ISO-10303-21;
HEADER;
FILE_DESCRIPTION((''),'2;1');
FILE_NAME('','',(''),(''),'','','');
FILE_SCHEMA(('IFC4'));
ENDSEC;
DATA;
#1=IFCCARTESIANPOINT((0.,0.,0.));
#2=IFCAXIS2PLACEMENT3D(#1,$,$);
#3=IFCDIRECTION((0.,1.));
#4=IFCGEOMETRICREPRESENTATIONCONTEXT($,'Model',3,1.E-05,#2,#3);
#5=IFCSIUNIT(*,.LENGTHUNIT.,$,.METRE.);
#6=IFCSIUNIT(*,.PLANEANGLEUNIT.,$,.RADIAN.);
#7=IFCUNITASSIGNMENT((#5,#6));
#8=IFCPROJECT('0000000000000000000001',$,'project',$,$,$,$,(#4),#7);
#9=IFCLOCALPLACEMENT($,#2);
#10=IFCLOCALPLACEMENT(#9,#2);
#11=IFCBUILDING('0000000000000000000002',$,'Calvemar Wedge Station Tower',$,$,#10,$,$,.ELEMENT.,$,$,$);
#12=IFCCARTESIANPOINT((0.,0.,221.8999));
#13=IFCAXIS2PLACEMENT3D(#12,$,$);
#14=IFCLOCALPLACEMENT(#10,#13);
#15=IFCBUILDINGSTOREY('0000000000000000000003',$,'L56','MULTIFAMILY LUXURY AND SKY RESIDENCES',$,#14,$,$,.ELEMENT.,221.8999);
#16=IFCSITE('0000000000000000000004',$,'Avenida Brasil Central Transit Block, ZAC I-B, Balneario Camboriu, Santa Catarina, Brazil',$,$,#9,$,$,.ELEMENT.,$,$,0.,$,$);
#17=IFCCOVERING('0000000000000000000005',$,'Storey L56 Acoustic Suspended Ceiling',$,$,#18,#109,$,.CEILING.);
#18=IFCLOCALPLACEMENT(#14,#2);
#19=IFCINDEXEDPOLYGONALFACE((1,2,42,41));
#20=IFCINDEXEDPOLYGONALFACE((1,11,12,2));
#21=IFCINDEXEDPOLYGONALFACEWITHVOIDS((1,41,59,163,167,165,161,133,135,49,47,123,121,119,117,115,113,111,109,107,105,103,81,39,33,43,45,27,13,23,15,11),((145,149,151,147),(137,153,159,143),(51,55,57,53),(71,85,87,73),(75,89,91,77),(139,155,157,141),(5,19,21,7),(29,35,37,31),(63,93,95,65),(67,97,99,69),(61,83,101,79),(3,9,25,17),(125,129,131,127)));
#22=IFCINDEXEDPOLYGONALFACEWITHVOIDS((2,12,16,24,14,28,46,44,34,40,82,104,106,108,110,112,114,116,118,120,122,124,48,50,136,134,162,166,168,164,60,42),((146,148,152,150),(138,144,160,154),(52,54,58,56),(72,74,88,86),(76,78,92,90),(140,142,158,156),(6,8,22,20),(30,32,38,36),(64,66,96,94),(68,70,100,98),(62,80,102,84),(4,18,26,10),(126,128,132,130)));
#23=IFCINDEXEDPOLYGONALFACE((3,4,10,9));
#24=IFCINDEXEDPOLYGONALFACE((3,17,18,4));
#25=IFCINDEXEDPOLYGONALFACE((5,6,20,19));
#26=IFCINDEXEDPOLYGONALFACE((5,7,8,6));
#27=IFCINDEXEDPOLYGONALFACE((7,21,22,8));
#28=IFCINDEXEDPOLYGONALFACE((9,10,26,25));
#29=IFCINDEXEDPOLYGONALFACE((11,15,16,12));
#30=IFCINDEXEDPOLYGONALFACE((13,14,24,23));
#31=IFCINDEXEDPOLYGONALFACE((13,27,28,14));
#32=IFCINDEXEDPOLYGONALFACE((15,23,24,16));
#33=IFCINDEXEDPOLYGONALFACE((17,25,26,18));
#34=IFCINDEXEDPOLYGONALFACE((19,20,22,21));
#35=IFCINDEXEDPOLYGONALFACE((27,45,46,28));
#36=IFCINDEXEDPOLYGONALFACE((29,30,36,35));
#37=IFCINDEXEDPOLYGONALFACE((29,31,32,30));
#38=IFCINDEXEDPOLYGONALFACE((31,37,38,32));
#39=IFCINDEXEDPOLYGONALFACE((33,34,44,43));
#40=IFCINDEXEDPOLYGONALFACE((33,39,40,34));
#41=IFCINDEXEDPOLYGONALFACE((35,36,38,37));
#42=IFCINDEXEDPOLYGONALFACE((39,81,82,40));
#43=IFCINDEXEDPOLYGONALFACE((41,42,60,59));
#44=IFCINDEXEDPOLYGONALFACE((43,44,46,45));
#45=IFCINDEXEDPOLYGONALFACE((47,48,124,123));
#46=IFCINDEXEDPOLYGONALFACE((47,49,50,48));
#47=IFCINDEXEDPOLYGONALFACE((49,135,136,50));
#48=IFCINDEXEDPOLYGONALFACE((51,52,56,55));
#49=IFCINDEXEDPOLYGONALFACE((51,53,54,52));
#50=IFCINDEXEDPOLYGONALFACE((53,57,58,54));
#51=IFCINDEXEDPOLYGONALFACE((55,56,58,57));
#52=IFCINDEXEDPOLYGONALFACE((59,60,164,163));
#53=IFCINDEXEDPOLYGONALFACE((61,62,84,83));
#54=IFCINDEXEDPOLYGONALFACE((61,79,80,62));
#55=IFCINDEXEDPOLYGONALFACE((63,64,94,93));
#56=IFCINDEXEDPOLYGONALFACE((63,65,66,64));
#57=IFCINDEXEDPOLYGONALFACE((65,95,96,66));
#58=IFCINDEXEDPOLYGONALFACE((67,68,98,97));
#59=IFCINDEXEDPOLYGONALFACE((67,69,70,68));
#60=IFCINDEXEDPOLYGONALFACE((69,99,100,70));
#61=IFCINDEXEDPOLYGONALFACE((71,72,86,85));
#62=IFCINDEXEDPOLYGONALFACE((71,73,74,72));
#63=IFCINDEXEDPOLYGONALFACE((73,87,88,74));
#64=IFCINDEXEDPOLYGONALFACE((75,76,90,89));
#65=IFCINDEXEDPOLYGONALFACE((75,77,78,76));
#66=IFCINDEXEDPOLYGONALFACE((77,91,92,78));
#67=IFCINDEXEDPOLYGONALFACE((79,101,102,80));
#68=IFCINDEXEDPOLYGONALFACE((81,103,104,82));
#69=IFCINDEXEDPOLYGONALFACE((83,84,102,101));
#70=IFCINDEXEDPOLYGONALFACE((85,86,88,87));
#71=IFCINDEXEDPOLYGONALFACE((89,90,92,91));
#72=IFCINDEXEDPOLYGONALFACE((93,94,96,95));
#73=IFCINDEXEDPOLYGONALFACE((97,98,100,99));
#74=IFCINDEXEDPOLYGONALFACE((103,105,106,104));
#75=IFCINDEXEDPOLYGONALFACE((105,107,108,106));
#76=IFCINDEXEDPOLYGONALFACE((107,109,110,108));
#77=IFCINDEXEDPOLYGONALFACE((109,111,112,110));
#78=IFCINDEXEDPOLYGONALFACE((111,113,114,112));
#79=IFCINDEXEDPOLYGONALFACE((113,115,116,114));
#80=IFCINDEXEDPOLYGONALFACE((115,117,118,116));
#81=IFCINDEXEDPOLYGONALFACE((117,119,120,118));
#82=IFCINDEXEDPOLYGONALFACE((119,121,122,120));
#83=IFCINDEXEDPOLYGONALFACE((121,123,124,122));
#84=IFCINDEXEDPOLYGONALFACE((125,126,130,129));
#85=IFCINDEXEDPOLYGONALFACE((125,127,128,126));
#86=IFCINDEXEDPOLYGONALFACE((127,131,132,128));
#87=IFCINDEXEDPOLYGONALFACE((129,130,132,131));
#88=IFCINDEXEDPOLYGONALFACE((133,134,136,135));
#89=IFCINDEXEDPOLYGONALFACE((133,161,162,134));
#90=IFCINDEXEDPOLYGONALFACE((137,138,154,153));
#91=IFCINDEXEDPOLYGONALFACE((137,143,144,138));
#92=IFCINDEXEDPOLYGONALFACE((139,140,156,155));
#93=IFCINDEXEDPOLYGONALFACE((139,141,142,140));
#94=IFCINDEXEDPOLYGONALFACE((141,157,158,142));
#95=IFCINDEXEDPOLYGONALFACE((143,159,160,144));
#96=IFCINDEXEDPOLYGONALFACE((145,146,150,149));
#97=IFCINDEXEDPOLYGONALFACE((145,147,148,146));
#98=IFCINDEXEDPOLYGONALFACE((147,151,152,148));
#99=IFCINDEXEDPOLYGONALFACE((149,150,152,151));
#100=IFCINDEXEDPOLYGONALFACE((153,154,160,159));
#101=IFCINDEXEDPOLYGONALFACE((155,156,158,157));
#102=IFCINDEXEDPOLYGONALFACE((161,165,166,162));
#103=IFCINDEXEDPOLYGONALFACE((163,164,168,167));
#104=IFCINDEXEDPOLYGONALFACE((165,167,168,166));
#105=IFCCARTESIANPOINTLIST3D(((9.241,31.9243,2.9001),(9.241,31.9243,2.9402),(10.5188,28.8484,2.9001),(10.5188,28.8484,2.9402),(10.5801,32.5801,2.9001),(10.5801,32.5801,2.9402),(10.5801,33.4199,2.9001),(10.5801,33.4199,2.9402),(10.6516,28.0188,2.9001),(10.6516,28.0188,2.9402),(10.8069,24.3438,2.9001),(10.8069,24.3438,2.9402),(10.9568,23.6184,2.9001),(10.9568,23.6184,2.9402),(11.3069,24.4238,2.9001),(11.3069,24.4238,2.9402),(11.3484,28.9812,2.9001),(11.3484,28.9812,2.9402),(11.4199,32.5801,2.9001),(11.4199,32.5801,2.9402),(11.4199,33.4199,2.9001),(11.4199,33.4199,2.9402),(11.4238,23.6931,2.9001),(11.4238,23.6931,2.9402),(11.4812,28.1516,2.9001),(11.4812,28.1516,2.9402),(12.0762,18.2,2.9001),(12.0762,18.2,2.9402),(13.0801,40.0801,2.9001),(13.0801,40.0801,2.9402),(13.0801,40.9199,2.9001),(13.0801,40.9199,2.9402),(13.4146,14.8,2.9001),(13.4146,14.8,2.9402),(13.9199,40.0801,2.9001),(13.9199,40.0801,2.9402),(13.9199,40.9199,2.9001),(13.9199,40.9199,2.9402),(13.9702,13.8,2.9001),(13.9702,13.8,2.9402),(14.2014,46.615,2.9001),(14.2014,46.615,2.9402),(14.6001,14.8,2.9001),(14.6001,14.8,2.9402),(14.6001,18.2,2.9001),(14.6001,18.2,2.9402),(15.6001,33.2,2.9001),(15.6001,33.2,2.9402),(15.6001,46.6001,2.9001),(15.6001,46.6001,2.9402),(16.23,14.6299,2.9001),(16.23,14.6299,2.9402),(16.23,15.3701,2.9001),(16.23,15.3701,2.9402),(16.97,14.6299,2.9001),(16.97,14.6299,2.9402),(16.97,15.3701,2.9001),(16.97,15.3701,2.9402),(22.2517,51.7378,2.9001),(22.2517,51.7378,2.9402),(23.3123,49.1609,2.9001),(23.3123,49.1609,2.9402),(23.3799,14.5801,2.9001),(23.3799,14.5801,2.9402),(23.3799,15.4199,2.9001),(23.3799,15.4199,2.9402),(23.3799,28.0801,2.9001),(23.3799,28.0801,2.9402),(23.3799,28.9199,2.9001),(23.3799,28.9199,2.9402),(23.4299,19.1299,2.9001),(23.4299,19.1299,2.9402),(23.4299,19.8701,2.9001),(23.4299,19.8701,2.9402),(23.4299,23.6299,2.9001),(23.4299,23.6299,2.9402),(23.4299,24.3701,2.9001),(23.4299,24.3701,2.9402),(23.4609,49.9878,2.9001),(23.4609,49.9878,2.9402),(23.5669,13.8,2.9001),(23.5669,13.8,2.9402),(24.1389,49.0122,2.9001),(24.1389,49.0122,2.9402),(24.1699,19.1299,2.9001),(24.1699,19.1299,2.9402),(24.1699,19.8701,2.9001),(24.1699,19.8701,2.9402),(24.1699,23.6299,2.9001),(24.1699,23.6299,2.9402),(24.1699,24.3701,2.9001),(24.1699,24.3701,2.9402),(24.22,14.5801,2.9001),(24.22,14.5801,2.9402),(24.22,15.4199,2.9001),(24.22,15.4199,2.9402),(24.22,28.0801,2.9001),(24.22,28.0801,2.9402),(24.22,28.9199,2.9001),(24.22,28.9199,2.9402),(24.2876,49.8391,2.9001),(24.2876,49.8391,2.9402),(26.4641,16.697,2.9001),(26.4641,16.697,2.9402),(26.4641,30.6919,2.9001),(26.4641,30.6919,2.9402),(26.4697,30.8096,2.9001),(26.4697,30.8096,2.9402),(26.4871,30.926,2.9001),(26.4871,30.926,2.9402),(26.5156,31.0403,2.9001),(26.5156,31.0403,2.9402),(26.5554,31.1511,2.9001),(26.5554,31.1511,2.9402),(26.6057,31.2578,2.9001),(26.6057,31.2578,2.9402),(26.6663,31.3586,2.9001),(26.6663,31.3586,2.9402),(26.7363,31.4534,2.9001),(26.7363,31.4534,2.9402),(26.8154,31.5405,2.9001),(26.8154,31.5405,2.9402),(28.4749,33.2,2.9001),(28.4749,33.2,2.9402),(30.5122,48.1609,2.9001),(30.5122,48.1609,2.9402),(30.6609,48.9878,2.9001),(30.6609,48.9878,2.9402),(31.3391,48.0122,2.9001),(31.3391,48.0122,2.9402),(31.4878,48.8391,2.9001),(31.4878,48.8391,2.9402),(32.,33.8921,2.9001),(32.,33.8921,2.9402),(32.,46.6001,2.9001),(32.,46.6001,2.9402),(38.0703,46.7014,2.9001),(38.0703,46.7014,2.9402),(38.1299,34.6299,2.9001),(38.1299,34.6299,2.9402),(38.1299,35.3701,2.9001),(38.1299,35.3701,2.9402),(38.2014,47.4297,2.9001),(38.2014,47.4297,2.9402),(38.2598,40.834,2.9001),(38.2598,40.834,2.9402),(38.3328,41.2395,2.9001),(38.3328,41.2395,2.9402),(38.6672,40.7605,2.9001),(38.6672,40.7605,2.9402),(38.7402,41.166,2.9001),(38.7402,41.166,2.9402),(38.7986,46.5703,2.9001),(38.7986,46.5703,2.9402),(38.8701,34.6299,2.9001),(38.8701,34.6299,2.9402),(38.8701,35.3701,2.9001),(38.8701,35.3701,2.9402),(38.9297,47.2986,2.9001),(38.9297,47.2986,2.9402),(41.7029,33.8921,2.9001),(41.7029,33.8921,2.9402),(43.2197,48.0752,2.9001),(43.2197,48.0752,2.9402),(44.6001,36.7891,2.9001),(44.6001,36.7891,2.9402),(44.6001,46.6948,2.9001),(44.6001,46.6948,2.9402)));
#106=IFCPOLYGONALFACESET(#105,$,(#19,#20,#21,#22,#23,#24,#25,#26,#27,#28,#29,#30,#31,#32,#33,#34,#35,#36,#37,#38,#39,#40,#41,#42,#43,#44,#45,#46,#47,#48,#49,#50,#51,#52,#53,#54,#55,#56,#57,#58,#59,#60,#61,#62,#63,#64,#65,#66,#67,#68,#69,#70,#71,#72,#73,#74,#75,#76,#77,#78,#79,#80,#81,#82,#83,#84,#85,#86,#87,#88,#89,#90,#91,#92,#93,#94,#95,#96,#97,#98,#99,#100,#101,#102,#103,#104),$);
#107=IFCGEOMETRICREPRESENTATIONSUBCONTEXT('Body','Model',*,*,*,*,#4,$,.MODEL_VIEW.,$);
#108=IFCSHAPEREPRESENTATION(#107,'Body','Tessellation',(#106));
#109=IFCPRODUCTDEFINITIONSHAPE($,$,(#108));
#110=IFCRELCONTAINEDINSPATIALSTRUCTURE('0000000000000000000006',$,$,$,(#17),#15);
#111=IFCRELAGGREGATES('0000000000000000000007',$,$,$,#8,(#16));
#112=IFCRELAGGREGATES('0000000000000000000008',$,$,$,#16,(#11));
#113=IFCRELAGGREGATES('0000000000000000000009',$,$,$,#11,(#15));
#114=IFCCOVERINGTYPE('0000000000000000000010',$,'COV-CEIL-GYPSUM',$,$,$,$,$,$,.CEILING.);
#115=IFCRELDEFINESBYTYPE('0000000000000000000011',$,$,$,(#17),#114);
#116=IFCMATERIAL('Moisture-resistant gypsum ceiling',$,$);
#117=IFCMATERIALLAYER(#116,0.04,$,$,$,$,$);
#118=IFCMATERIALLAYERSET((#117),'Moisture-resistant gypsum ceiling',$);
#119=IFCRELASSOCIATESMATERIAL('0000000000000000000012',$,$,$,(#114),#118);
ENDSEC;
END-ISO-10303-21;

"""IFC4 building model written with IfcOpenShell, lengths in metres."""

from ifc_helpers import new_model, si_unit, direction, frame, origin, place, context, subcontext, project, spatial, polyline, outline, extrude, material, layer, layer_set, type_object, element, save


model = new_model("IFC4")

# Units and contexts
model_context = context("Model", 3, precision=1e-05, world=origin(), true_north=direction((0.0, 1.0)))
body_context = subcontext(model_context, "Body", "Model", "MODEL_VIEW")
ifc_project = project(units=[si_unit("LENGTHUNIT", "METRE"), si_unit("PLANEANGLEUNIT", "RADIAN")], contexts=[model_context])

# Site, building, storey
site_placement = place(None, origin())
site = spatial("IfcSite", under=ifc_project, at=site_placement, Name="Avenida Brasil Central Transit Block, ZAC I-B, Balneario Camboriu, Santa Catarina, Brazil", CompositionType="ELEMENT", RefElevation=0.0)
building_placement = place(site_placement, origin())
building = spatial("IfcBuilding", under=site, at=building_placement, Name="Calvemar Wedge Station Tower", CompositionType="ELEMENT")
storey_placement = place(building_placement, frame((0.0, 0.0, 221.8999)))
storey = spatial("IfcBuildingStorey", under=building, at=storey_placement, Name="L56", Description="MULTIFAMILY LUXURY AND SKY RESIDENCES", CompositionType="ELEMENT", Elevation=221.8999)

# Covering
ifc_material_1 = material(Name="Moisture-resistant gypsum ceiling")
ifc_layer_1 = layer(ifc_material_1, 0.04)
ifc_layer_set_1 = layer_set([ifc_layer_1], Name="Moisture-resistant gypsum ceiling")
covering_type_1 = type_object("IfcCoveringType", Name="COV-CEIL-GYPSUM", PredefinedType="CEILING", material=ifc_layer_set_1)
covering_1_placement = place(storey_placement, frame((0.0, 0.0, 2.9001)))
element("IfcCovering", 1, at=covering_1_placement, inside=storey, type_object=covering_type_1, Name="Storey L56 Acoustic Suspended Ceiling", PredefinedType="CEILING", context=body_context, shape_type="SweptSolid", body=[
    extrude(outline(polyline([(26.6663, 31.3586), (26.7363, 31.4534), (26.8154, 31.5405), (28.4749, 33.2), (15.6001, 33.2), (15.6001, 46.6001), (32.0, 46.6001), (32.0, 33.8921), (41.7029, 33.8921), (44.6001, 36.7891), (44.6001, 46.6948), (43.2197, 48.0752), (22.2517, 51.7378), (14.2014, 46.615), (9.241, 31.9243), (10.8069, 24.3438), (11.3069, 24.4238), (11.4238, 23.6931), (10.9568, 23.6184), (12.0762, 18.2), (14.6001, 18.2), (14.6001, 14.8), (13.4146, 14.8), (13.9702, 13.8), (23.5669, 13.8), (26.4641, 16.697), (26.4641, 30.6919), (26.4697, 30.8096), (26.4871, 30.926), (26.5156, 31.0403), (26.5554, 31.1511), (26.6057, 31.2578), (26.6663, 31.3586)]), holes=[polyline([(11.4199, 33.4199), (11.4199, 32.5801), (10.5801, 32.5801), (10.5801, 33.4199), (11.4199, 33.4199)]), polyline([(13.9199, 40.0801), (13.0801, 40.0801), (13.0801, 40.9199), (13.9199, 40.9199), (13.9199, 40.0801)]), polyline([(23.3123, 49.1609), (23.4609, 49.9878), (24.2876, 49.8391), (24.1389, 49.0122), (23.3123, 49.1609)]), polyline([(30.6609, 48.9878), (31.4878, 48.8391), (31.3391, 48.0122), (30.5122, 48.1609), (30.6609, 48.9878)]), polyline([(38.9297, 47.2986), (38.7986, 46.5703), (38.0703, 46.7014), (38.2014, 47.4297), (38.9297, 47.2986)]), polyline([(38.8701, 34.6299), (38.1299, 34.6299), (38.1299, 35.3701), (38.8701, 35.3701), (38.8701, 34.6299)]), polyline([(38.2598, 40.834), (38.3328, 41.2395), (38.7402, 41.166), (38.6672, 40.7605), (38.2598, 40.834)]), polyline([(11.3484, 28.9812), (11.4812, 28.1516), (10.6516, 28.0188), (10.5188, 28.8484), (11.3484, 28.9812)]), polyline([(24.22, 28.0801), (23.3799, 28.0801), (23.3799, 28.9199), (24.22, 28.9199), (24.22, 28.0801)]), polyline([(23.4299, 23.6299), (23.4299, 24.3701), (24.1699, 24.3701), (24.1699, 23.6299), (23.4299, 23.6299)]), polyline([(23.4299, 19.8701), (24.1699, 19.8701), (24.1699, 19.1299), (23.4299, 19.1299), (23.4299, 19.8701)]), polyline([(24.22, 15.4199), (24.22, 14.5801), (23.3799, 14.5801), (23.3799, 15.4199), (24.22, 15.4199)]), polyline([(16.97, 14.6299), (16.23, 14.6299), (16.23, 15.3701), (16.97, 15.3701), (16.97, 14.6299)])]), origin(), (0.0, 0.0, 1.0), 0.04),
])

save(model, "model.ifc")
